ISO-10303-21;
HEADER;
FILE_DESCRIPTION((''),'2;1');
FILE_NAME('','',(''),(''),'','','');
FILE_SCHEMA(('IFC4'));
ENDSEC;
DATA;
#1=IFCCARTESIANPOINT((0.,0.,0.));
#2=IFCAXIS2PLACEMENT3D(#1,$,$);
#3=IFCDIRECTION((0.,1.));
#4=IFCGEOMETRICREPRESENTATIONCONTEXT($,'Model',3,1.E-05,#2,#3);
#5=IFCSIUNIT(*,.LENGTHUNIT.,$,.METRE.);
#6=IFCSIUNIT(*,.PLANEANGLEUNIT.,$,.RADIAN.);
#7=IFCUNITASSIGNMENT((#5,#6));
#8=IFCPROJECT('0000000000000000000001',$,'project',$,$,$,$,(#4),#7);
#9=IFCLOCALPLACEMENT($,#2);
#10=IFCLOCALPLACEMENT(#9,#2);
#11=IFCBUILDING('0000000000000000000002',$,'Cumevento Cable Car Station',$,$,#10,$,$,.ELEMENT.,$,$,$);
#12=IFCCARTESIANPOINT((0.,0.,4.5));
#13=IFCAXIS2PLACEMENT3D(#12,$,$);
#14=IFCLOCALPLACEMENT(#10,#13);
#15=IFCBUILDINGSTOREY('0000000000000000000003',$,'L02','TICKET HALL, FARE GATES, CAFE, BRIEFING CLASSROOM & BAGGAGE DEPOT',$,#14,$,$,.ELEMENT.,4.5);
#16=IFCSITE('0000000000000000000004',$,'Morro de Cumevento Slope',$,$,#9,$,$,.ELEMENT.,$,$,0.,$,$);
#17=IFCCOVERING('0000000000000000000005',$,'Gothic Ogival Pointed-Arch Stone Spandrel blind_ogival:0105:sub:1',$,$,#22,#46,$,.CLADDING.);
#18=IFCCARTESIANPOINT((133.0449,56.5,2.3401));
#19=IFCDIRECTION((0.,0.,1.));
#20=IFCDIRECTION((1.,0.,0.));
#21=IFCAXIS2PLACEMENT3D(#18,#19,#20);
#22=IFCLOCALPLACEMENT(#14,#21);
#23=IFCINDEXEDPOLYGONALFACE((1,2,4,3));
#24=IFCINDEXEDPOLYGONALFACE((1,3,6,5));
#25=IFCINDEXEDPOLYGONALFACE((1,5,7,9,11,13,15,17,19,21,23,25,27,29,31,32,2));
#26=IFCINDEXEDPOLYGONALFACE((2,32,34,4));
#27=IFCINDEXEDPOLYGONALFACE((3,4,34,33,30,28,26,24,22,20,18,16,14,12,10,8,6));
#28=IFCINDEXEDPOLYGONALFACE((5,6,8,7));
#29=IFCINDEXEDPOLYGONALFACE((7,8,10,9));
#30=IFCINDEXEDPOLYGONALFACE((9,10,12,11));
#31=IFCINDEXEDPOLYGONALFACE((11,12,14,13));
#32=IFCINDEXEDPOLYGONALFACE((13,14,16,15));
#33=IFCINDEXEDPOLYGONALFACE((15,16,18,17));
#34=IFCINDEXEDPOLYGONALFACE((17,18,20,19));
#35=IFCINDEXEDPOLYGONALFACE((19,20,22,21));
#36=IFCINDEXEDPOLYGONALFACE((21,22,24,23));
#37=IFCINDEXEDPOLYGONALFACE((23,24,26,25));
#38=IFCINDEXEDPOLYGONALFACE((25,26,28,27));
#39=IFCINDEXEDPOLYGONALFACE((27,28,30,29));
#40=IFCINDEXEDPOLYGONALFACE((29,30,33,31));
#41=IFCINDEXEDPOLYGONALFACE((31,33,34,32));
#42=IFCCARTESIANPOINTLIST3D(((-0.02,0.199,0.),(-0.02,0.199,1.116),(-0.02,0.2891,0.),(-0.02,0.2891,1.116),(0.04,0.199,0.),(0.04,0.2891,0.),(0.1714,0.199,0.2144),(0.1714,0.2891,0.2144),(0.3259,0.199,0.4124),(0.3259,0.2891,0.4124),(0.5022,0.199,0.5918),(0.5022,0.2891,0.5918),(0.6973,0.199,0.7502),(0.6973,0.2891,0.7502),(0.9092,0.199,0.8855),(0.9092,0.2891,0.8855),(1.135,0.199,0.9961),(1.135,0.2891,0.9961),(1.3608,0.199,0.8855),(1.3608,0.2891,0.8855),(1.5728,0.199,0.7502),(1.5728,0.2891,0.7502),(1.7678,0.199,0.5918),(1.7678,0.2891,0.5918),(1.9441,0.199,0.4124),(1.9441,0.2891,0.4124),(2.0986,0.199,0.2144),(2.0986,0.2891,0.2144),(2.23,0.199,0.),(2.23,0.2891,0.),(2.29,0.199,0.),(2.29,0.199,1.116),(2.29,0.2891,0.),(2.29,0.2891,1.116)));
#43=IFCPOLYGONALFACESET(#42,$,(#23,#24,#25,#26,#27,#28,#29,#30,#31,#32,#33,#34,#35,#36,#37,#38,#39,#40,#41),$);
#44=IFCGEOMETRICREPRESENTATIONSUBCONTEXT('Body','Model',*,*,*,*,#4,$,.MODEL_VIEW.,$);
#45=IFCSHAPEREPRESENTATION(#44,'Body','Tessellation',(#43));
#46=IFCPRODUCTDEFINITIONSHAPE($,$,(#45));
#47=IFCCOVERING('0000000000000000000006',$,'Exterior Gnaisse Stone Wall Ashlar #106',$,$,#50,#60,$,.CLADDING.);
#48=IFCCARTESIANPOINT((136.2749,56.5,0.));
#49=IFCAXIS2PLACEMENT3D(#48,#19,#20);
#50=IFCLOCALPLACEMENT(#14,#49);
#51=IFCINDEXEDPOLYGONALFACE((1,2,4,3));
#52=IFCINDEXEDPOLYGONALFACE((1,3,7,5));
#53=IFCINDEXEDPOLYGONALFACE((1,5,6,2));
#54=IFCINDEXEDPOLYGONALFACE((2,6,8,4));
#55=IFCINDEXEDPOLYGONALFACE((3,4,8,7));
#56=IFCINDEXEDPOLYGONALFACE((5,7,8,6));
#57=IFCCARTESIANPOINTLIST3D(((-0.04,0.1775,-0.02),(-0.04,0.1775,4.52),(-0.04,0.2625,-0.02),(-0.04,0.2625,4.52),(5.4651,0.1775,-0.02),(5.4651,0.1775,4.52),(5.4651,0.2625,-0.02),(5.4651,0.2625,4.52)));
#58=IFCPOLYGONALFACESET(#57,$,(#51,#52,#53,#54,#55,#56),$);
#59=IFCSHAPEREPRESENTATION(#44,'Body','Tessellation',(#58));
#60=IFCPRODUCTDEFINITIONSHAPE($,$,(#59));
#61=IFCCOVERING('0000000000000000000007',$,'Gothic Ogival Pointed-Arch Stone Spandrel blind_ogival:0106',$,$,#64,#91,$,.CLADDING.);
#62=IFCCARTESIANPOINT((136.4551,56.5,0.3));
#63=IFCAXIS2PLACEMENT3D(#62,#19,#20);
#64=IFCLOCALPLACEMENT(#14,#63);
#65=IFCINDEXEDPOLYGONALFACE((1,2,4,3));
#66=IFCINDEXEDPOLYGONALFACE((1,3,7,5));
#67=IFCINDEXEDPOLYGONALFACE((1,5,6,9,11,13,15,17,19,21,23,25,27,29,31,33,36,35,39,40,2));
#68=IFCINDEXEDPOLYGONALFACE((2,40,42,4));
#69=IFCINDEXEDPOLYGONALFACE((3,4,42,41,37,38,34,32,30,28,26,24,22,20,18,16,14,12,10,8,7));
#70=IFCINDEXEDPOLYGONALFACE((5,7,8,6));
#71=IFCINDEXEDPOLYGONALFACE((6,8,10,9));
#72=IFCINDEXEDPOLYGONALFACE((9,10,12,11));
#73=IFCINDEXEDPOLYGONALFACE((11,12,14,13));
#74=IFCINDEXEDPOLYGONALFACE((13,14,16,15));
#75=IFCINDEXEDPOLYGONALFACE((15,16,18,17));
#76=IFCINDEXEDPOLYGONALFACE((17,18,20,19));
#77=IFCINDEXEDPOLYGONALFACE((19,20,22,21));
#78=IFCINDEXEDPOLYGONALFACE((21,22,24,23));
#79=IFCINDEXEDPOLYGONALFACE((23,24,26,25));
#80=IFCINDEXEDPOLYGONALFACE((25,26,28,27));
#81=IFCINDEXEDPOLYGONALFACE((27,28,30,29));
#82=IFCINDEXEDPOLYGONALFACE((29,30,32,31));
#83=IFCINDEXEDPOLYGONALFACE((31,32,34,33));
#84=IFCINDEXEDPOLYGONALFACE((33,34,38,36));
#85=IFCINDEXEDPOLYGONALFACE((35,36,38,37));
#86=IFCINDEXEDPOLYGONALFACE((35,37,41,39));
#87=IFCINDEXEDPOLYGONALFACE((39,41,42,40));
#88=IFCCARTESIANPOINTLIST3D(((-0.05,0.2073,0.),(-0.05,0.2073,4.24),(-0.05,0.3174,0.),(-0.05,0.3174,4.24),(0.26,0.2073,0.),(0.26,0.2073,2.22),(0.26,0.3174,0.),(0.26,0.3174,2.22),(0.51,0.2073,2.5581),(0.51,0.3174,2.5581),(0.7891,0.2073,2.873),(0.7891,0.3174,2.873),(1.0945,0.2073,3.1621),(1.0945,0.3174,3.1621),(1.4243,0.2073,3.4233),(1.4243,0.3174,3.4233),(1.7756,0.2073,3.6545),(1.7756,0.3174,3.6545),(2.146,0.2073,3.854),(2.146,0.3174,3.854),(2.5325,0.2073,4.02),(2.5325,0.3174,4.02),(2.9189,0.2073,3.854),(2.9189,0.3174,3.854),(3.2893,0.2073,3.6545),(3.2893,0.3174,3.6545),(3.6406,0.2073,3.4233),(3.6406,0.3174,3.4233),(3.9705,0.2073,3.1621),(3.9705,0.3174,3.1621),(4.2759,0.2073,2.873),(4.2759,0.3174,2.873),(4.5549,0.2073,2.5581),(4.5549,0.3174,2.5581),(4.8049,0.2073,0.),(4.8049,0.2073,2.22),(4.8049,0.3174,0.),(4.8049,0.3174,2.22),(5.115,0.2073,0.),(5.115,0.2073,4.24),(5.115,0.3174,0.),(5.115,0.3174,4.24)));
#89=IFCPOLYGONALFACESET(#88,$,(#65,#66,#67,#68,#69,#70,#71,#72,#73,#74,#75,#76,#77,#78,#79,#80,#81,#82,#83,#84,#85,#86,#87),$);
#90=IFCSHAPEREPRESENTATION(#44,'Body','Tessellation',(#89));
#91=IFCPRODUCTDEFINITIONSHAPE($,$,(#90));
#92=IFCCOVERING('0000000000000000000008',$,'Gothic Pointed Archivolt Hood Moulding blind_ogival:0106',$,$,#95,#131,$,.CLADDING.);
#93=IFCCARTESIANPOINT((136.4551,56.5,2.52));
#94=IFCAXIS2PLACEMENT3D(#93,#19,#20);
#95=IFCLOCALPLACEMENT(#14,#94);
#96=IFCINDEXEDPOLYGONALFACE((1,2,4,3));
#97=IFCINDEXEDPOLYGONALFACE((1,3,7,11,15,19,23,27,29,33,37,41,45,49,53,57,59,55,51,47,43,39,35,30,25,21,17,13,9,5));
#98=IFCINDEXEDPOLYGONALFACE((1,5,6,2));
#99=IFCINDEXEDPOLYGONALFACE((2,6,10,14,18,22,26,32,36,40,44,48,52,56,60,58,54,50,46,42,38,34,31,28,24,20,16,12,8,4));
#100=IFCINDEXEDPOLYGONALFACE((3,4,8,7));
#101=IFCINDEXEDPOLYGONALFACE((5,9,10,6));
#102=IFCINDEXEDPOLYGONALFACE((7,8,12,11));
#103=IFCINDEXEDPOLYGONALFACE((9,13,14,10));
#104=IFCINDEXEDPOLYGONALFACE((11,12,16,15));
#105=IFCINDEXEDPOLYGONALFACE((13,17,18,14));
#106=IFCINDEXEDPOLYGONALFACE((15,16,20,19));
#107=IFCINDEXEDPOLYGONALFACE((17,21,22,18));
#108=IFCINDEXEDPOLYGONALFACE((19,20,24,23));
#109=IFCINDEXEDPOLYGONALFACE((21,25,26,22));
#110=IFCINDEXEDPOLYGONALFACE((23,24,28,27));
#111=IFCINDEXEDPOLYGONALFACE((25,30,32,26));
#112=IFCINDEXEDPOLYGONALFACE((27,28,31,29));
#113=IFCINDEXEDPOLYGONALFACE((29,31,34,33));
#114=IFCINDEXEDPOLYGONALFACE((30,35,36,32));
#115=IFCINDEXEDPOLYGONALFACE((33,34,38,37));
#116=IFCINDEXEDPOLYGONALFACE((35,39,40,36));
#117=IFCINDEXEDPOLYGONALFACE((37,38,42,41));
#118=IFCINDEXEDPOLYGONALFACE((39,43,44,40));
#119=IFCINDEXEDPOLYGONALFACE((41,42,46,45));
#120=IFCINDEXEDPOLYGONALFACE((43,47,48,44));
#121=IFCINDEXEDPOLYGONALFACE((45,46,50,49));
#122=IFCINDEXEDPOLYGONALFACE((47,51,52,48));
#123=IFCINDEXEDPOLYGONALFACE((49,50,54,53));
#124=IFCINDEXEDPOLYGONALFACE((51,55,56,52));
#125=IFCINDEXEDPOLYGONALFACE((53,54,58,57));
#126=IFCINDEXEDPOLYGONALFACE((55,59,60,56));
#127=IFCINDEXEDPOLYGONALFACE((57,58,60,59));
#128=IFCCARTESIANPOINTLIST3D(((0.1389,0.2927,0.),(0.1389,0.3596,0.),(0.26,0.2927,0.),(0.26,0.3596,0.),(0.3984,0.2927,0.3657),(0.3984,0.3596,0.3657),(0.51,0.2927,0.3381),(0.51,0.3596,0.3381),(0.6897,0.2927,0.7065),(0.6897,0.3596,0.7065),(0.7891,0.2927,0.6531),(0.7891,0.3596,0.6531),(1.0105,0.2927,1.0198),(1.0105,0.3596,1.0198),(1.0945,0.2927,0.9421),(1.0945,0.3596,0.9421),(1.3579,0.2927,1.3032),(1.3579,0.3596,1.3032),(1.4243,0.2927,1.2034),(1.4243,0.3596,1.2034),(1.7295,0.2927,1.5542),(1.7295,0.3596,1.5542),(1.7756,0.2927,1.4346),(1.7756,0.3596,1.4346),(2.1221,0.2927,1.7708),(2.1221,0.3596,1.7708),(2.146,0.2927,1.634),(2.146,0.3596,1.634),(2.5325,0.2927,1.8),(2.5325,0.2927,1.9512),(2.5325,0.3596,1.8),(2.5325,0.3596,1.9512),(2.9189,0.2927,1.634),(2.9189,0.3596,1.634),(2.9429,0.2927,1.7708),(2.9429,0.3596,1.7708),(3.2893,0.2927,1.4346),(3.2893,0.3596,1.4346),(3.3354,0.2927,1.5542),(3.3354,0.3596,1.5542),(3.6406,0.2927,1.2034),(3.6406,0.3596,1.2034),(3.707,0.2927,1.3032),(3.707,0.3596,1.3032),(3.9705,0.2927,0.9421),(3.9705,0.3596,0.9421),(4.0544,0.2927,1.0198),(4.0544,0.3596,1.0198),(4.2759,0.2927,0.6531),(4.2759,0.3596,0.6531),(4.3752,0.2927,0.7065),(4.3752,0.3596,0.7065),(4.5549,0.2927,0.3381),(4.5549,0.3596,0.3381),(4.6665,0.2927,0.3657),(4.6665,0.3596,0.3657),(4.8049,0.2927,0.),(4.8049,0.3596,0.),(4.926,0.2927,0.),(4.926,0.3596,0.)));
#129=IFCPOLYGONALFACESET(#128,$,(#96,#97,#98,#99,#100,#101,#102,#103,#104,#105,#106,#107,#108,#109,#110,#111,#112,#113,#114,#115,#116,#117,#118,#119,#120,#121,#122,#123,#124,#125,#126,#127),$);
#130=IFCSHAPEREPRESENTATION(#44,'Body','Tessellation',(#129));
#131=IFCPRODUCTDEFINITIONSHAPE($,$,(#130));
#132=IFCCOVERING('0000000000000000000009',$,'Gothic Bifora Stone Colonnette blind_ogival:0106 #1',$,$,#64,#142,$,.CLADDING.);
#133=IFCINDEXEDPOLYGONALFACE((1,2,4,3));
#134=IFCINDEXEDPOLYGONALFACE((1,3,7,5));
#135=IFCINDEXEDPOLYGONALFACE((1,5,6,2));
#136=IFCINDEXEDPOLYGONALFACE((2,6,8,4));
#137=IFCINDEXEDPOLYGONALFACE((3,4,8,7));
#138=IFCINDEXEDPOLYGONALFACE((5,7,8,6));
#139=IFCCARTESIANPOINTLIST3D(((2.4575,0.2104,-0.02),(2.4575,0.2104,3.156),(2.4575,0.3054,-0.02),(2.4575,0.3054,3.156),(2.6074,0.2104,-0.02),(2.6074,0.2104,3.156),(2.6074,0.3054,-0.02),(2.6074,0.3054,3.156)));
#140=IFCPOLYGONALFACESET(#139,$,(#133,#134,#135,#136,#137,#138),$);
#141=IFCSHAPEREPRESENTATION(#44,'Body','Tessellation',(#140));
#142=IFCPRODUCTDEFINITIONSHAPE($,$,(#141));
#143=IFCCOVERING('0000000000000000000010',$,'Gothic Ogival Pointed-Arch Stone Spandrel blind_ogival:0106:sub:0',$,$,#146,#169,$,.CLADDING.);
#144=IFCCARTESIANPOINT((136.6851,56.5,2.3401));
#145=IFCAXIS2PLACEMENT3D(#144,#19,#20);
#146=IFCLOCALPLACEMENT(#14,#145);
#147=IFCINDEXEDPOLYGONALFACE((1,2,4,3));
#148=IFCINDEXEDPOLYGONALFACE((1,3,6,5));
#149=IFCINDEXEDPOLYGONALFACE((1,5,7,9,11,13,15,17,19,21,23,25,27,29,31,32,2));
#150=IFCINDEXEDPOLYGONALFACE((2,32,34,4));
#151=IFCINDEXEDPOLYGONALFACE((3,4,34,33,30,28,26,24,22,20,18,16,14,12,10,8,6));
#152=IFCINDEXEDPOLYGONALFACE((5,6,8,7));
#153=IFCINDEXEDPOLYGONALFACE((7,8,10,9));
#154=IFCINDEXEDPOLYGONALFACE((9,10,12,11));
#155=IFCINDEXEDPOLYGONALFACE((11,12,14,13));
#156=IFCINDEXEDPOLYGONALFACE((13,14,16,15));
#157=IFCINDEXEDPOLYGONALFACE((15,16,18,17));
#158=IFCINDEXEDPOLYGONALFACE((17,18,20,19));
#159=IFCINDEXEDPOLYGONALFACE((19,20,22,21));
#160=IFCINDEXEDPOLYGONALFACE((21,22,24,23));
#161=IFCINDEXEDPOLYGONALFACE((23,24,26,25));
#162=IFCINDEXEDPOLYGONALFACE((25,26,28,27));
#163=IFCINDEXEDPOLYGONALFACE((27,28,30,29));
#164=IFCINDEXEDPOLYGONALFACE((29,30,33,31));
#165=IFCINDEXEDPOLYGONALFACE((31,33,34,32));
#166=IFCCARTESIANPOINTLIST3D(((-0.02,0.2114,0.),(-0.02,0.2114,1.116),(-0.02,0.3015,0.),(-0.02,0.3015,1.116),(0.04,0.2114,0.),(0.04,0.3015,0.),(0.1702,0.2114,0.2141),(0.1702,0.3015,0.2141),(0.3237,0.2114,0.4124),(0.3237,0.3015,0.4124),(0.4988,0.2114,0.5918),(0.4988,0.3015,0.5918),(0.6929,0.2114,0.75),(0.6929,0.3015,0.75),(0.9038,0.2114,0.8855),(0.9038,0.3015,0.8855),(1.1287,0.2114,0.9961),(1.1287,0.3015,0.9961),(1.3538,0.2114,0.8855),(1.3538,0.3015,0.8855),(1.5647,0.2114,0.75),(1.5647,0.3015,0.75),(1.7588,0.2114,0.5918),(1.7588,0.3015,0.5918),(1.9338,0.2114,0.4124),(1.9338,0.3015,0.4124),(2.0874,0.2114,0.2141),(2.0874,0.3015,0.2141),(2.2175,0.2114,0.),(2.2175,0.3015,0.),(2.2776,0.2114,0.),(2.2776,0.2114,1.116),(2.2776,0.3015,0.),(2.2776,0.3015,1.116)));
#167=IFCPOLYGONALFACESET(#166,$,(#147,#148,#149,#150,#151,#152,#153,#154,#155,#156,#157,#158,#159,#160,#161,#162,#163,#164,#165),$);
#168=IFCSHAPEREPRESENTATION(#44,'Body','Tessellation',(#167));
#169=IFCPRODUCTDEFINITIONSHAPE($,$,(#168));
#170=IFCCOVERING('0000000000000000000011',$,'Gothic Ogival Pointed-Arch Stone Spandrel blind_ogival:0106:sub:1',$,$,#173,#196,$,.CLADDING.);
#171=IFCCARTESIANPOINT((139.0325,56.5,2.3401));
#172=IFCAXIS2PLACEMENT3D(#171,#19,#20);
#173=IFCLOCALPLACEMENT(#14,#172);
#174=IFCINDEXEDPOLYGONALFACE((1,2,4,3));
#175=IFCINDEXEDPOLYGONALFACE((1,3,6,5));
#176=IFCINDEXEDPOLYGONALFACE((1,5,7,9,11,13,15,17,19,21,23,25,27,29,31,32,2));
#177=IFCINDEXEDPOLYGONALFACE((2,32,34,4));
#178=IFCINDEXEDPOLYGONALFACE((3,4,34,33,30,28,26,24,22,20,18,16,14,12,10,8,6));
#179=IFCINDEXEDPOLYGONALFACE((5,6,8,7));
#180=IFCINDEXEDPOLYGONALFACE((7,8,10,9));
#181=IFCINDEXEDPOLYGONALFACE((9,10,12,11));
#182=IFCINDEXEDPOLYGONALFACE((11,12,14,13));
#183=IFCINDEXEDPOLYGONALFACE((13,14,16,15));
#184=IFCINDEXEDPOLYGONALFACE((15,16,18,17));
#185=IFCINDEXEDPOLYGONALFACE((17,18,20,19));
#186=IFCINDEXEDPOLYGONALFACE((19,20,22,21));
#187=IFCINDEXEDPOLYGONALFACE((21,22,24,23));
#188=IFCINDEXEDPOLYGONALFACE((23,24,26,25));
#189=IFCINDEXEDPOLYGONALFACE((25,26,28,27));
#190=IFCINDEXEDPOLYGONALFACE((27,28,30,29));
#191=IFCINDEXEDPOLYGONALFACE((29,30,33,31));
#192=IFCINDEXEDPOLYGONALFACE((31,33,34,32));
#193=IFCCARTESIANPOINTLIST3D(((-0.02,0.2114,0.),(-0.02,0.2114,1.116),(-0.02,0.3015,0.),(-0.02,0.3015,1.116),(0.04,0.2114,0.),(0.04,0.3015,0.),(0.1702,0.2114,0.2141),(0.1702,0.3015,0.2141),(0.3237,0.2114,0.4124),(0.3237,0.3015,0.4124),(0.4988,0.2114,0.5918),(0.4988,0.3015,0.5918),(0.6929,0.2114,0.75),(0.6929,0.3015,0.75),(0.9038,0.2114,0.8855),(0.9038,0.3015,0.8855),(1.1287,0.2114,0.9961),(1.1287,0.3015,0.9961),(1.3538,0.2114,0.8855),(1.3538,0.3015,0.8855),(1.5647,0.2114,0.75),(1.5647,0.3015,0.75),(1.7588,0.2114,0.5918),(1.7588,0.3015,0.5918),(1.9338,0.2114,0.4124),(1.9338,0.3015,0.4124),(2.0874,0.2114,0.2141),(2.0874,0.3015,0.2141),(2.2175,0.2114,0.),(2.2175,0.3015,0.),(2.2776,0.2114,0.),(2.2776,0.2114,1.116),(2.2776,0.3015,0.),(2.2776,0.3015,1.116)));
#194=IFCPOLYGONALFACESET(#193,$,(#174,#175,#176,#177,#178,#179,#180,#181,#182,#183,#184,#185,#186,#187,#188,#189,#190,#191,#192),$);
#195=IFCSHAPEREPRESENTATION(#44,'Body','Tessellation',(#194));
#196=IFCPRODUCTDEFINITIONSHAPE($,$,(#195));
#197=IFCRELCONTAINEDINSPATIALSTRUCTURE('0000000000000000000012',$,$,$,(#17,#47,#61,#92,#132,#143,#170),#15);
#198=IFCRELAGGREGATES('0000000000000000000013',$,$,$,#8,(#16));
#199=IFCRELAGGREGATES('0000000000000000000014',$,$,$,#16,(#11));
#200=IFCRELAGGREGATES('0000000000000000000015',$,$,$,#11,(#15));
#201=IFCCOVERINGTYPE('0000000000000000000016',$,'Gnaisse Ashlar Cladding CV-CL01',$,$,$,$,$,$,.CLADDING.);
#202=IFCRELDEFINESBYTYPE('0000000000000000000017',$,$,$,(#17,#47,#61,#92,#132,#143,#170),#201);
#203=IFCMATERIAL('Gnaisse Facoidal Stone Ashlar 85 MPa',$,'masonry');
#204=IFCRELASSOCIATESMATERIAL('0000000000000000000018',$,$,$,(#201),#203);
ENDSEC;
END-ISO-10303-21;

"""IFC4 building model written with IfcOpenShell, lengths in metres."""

from ifc_helpers import new_model, si_unit, direction, frame, origin, place, context, subcontext, project, spatial, polyline, outline, extrude, material, type_object, element, save


model = new_model("IFC4")

# Units and contexts
model_context = context("Model", 3, precision=1e-05, world=origin(), true_north=direction((0.0, 1.0)))
body_context = subcontext(model_context, "Body", "Model", "MODEL_VIEW")
ifc_project = project(units=[si_unit("LENGTHUNIT", "METRE"), si_unit("PLANEANGLEUNIT", "RADIAN")], contexts=[model_context])

# Site, building, storey
site_placement = place(None, origin())
site = spatial("IfcSite", under=ifc_project, at=site_placement, Name="Morro de Cumevento Slope", CompositionType="ELEMENT", RefElevation=0.0)
building_placement = place(site_placement, origin())
building = spatial("IfcBuilding", under=site, at=building_placement, Name="Cumevento Cable Car Station", CompositionType="ELEMENT")
storey_placement = place(building_placement, frame((0.0, 0.0, 4.5)))
storey = spatial("IfcBuildingStorey", under=building, at=storey_placement, Name="L02", Description="TICKET HALL, FARE GATES, CAFE, BRIEFING CLASSROOM & BAGGAGE DEPOT", CompositionType="ELEMENT", Elevation=4.5)

# Coverings
ifc_material_1 = material(Name="Gnaisse Facoidal Stone Ashlar 85 MPa", Category="masonry")
covering_type = type_object("IfcCoveringType", Name="Gnaisse Ashlar Cladding CV-CL01", PredefinedType="CLADDING", material=ifc_material_1)
covering_1_placement = place(storey_placement, frame((133.0449, 56.5, 2.3401), z_axis=(0.0, 0.0, 1.0), x_axis=(1.0, 0.0, 0.0)))
element("IfcCovering", 1, at=covering_1_placement, inside=storey, type_object=covering_type, Name="Gothic Ogival Pointed-Arch Stone Spandrel blind_ogival:0105:sub:1", PredefinedType="CLADDING", context=body_context, shape_type="SweptSolid", body=[
    extrude(outline(polyline([(-0.02, 0.0), (-0.02, 1.116), (2.29, 1.116), (2.29, 0.0), (2.23, 0.0), (2.0986, 0.2144), (1.9441, 0.4124), (1.7678, 0.5918), (1.5728, 0.7502), (1.3608, 0.8855), (1.135, 0.9961), (0.9092, 0.8855), (0.6973, 0.7502), (0.5022, 0.5918), (0.3259, 0.4124), (0.1714, 0.2144), (0.04, 0.0), (-0.02, 0.0)])), frame((0.0, 0.2891, 0.0), z_axis=(0.0, -1.0, 0.0), x_axis=(1.0, 0.0, 0.0)), (0.0, 0.0, 1.0), 0.0901),
])
covering_2_placement = place(storey_placement, frame((136.2749, 56.5, 0.0), z_axis=(0.0, 0.0, 1.0), x_axis=(1.0, 0.0, 0.0)))
element("IfcCovering", 2, at=covering_2_placement, inside=storey, type_object=covering_type, Name="Exterior Gnaisse Stone Wall Ashlar #106", PredefinedType="CLADDING", context=body_context, shape_type="SweptSolid", body=[
    extrude(outline(polyline([(-0.04, -0.02), (5.4651, -0.02), (5.4651, 4.52), (-0.04, 4.52), (-0.04, -0.02)])), frame((0.0, 0.2625, 0.0), z_axis=(0.0, -1.0, 0.0), x_axis=(1.0, 0.0, 0.0)), (0.0, 0.0, 1.0), 0.085),
])
placement = place(storey_placement, frame((136.4551, 56.5, 0.3), z_axis=(0.0, 0.0, 1.0), x_axis=(1.0, 0.0, 0.0)))
element("IfcCovering", 3, at=placement, inside=storey, type_object=covering_type, Name="Gothic Ogival Pointed-Arch Stone Spandrel blind_ogival:0106", PredefinedType="CLADDING", context=body_context, shape_type="SweptSolid", body=[
    extrude(outline(polyline([(-0.05, 0.0), (-0.05, 4.24), (5.115, 4.24), (5.115, 0.0), (4.8049, 0.0), (4.8049, 2.22), (4.5549, 2.5581), (4.2759, 2.873), (3.9705, 3.1621), (3.6406, 3.4233), (3.2893, 3.6545), (2.9189, 3.854), (2.5325, 4.02), (2.146, 3.854), (1.7756, 3.6545), (1.4243, 3.4233), (1.0945, 3.1621), (0.7891, 2.873), (0.51, 2.5581), (0.26, 2.22), (0.26, 0.0), (-0.05, 0.0)])), frame((0.0, 0.3174, 0.0), z_axis=(0.0, -1.0, 0.0), x_axis=(1.0, 0.0, 0.0)), (0.0, 0.0, 1.0), 0.1101),
])
covering_3_placement = place(storey_placement, frame((136.4551, 56.5, 2.52), z_axis=(0.0, 0.0, 1.0), x_axis=(1.0, 0.0, 0.0)))
element("IfcCovering", 4, at=covering_3_placement, inside=storey, type_object=covering_type, Name="Gothic Pointed Archivolt Hood Moulding blind_ogival:0106", PredefinedType="CLADDING", context=body_context, shape_type="SweptSolid", body=[
    extrude(outline(polyline([(0.26, 0.0), (0.51, 0.3381), (0.7891, 0.6531), (1.0945, 0.9421), (1.4243, 1.2034), (1.7756, 1.4346), (2.146, 1.634), (2.5325, 1.8), (2.9189, 1.634), (3.2893, 1.4346), (3.6406, 1.2034), (3.9705, 0.9421), (4.2759, 0.6531), (4.5549, 0.3381), (4.8049, 0.0), (4.926, 0.0), (4.6665, 0.3657), (4.3752, 0.7065), (4.0544, 1.0198), (3.707, 1.3032), (3.3354, 1.5542), (2.9429, 1.7708), (2.5325, 1.9512), (2.1221, 1.7708), (1.7295, 1.5542), (1.3579, 1.3032), (1.0105, 1.0198), (0.6897, 0.7065), (0.3984, 0.3657), (0.1389, 0.0), (0.26, 0.0)])), frame((0.0, 0.3596, 0.0), z_axis=(0.0, -1.0, 0.0), x_axis=(1.0, 0.0, 0.0)), (0.0, 0.0, 1.0), 0.0669),
])
element("IfcCovering", 5, at=placement, inside=storey, type_object=covering_type, Name="Gothic Bifora Stone Colonnette blind_ogival:0106 #1", PredefinedType="CLADDING", context=body_context, shape_type="SweptSolid", body=[
    extrude(outline(polyline([(2.4575, -0.02), (2.6074, -0.02), (2.6074, 3.156), (2.4575, 3.156), (2.4575, -0.02)])), frame((0.0, 0.3054, 0.0), z_axis=(0.0, -1.0, 0.0), x_axis=(1.0, 0.0, 0.0)), (0.0, 0.0, 1.0), 0.095),
])
for number, where, z_axis, x_axis, name in (
    (6, (136.6851, 56.5, 2.3401), (0.0, 0.0, 1.0), (1.0, 0.0, 0.0), "Gothic Ogival Pointed-Arch Stone Spandrel blind_ogival:0106:sub:0"),
    (7, (139.0325, 56.5, 2.3401), (0.0, 0.0, 1.0), (1.0, 0.0, 0.0), "Gothic Ogival Pointed-Arch Stone Spandrel blind_ogival:0106:sub:1"),
):
    element("IfcCovering", number, at=place(storey_placement, frame(where, z_axis=z_axis, x_axis=x_axis)), inside=storey, type_object=covering_type, Name=name, PredefinedType="CLADDING", context=body_context, shape_type="SweptSolid", body=[
        extrude(outline(polyline([(-0.02, 0.0), (-0.02, 1.116), (2.2776, 1.116), (2.2776, 0.0), (2.2175, 0.0), (2.0874, 0.2141), (1.9338, 0.4124), (1.7588, 0.5918), (1.5647, 0.75), (1.3538, 0.8855), (1.1287, 0.9961), (0.9038, 0.8855), (0.6929, 0.75), (0.4988, 0.5918), (0.3237, 0.4124), (0.1702, 0.2141), (0.04, 0.0), (-0.02, 0.0)])), frame((0.0, 0.3015, 0.0), z_axis=(0.0, -1.0, 0.0), x_axis=(1.0, 0.0, 0.0)), (0.0, 0.0, 1.0), 0.0901),
    ])

save(model, "model.ifc")
